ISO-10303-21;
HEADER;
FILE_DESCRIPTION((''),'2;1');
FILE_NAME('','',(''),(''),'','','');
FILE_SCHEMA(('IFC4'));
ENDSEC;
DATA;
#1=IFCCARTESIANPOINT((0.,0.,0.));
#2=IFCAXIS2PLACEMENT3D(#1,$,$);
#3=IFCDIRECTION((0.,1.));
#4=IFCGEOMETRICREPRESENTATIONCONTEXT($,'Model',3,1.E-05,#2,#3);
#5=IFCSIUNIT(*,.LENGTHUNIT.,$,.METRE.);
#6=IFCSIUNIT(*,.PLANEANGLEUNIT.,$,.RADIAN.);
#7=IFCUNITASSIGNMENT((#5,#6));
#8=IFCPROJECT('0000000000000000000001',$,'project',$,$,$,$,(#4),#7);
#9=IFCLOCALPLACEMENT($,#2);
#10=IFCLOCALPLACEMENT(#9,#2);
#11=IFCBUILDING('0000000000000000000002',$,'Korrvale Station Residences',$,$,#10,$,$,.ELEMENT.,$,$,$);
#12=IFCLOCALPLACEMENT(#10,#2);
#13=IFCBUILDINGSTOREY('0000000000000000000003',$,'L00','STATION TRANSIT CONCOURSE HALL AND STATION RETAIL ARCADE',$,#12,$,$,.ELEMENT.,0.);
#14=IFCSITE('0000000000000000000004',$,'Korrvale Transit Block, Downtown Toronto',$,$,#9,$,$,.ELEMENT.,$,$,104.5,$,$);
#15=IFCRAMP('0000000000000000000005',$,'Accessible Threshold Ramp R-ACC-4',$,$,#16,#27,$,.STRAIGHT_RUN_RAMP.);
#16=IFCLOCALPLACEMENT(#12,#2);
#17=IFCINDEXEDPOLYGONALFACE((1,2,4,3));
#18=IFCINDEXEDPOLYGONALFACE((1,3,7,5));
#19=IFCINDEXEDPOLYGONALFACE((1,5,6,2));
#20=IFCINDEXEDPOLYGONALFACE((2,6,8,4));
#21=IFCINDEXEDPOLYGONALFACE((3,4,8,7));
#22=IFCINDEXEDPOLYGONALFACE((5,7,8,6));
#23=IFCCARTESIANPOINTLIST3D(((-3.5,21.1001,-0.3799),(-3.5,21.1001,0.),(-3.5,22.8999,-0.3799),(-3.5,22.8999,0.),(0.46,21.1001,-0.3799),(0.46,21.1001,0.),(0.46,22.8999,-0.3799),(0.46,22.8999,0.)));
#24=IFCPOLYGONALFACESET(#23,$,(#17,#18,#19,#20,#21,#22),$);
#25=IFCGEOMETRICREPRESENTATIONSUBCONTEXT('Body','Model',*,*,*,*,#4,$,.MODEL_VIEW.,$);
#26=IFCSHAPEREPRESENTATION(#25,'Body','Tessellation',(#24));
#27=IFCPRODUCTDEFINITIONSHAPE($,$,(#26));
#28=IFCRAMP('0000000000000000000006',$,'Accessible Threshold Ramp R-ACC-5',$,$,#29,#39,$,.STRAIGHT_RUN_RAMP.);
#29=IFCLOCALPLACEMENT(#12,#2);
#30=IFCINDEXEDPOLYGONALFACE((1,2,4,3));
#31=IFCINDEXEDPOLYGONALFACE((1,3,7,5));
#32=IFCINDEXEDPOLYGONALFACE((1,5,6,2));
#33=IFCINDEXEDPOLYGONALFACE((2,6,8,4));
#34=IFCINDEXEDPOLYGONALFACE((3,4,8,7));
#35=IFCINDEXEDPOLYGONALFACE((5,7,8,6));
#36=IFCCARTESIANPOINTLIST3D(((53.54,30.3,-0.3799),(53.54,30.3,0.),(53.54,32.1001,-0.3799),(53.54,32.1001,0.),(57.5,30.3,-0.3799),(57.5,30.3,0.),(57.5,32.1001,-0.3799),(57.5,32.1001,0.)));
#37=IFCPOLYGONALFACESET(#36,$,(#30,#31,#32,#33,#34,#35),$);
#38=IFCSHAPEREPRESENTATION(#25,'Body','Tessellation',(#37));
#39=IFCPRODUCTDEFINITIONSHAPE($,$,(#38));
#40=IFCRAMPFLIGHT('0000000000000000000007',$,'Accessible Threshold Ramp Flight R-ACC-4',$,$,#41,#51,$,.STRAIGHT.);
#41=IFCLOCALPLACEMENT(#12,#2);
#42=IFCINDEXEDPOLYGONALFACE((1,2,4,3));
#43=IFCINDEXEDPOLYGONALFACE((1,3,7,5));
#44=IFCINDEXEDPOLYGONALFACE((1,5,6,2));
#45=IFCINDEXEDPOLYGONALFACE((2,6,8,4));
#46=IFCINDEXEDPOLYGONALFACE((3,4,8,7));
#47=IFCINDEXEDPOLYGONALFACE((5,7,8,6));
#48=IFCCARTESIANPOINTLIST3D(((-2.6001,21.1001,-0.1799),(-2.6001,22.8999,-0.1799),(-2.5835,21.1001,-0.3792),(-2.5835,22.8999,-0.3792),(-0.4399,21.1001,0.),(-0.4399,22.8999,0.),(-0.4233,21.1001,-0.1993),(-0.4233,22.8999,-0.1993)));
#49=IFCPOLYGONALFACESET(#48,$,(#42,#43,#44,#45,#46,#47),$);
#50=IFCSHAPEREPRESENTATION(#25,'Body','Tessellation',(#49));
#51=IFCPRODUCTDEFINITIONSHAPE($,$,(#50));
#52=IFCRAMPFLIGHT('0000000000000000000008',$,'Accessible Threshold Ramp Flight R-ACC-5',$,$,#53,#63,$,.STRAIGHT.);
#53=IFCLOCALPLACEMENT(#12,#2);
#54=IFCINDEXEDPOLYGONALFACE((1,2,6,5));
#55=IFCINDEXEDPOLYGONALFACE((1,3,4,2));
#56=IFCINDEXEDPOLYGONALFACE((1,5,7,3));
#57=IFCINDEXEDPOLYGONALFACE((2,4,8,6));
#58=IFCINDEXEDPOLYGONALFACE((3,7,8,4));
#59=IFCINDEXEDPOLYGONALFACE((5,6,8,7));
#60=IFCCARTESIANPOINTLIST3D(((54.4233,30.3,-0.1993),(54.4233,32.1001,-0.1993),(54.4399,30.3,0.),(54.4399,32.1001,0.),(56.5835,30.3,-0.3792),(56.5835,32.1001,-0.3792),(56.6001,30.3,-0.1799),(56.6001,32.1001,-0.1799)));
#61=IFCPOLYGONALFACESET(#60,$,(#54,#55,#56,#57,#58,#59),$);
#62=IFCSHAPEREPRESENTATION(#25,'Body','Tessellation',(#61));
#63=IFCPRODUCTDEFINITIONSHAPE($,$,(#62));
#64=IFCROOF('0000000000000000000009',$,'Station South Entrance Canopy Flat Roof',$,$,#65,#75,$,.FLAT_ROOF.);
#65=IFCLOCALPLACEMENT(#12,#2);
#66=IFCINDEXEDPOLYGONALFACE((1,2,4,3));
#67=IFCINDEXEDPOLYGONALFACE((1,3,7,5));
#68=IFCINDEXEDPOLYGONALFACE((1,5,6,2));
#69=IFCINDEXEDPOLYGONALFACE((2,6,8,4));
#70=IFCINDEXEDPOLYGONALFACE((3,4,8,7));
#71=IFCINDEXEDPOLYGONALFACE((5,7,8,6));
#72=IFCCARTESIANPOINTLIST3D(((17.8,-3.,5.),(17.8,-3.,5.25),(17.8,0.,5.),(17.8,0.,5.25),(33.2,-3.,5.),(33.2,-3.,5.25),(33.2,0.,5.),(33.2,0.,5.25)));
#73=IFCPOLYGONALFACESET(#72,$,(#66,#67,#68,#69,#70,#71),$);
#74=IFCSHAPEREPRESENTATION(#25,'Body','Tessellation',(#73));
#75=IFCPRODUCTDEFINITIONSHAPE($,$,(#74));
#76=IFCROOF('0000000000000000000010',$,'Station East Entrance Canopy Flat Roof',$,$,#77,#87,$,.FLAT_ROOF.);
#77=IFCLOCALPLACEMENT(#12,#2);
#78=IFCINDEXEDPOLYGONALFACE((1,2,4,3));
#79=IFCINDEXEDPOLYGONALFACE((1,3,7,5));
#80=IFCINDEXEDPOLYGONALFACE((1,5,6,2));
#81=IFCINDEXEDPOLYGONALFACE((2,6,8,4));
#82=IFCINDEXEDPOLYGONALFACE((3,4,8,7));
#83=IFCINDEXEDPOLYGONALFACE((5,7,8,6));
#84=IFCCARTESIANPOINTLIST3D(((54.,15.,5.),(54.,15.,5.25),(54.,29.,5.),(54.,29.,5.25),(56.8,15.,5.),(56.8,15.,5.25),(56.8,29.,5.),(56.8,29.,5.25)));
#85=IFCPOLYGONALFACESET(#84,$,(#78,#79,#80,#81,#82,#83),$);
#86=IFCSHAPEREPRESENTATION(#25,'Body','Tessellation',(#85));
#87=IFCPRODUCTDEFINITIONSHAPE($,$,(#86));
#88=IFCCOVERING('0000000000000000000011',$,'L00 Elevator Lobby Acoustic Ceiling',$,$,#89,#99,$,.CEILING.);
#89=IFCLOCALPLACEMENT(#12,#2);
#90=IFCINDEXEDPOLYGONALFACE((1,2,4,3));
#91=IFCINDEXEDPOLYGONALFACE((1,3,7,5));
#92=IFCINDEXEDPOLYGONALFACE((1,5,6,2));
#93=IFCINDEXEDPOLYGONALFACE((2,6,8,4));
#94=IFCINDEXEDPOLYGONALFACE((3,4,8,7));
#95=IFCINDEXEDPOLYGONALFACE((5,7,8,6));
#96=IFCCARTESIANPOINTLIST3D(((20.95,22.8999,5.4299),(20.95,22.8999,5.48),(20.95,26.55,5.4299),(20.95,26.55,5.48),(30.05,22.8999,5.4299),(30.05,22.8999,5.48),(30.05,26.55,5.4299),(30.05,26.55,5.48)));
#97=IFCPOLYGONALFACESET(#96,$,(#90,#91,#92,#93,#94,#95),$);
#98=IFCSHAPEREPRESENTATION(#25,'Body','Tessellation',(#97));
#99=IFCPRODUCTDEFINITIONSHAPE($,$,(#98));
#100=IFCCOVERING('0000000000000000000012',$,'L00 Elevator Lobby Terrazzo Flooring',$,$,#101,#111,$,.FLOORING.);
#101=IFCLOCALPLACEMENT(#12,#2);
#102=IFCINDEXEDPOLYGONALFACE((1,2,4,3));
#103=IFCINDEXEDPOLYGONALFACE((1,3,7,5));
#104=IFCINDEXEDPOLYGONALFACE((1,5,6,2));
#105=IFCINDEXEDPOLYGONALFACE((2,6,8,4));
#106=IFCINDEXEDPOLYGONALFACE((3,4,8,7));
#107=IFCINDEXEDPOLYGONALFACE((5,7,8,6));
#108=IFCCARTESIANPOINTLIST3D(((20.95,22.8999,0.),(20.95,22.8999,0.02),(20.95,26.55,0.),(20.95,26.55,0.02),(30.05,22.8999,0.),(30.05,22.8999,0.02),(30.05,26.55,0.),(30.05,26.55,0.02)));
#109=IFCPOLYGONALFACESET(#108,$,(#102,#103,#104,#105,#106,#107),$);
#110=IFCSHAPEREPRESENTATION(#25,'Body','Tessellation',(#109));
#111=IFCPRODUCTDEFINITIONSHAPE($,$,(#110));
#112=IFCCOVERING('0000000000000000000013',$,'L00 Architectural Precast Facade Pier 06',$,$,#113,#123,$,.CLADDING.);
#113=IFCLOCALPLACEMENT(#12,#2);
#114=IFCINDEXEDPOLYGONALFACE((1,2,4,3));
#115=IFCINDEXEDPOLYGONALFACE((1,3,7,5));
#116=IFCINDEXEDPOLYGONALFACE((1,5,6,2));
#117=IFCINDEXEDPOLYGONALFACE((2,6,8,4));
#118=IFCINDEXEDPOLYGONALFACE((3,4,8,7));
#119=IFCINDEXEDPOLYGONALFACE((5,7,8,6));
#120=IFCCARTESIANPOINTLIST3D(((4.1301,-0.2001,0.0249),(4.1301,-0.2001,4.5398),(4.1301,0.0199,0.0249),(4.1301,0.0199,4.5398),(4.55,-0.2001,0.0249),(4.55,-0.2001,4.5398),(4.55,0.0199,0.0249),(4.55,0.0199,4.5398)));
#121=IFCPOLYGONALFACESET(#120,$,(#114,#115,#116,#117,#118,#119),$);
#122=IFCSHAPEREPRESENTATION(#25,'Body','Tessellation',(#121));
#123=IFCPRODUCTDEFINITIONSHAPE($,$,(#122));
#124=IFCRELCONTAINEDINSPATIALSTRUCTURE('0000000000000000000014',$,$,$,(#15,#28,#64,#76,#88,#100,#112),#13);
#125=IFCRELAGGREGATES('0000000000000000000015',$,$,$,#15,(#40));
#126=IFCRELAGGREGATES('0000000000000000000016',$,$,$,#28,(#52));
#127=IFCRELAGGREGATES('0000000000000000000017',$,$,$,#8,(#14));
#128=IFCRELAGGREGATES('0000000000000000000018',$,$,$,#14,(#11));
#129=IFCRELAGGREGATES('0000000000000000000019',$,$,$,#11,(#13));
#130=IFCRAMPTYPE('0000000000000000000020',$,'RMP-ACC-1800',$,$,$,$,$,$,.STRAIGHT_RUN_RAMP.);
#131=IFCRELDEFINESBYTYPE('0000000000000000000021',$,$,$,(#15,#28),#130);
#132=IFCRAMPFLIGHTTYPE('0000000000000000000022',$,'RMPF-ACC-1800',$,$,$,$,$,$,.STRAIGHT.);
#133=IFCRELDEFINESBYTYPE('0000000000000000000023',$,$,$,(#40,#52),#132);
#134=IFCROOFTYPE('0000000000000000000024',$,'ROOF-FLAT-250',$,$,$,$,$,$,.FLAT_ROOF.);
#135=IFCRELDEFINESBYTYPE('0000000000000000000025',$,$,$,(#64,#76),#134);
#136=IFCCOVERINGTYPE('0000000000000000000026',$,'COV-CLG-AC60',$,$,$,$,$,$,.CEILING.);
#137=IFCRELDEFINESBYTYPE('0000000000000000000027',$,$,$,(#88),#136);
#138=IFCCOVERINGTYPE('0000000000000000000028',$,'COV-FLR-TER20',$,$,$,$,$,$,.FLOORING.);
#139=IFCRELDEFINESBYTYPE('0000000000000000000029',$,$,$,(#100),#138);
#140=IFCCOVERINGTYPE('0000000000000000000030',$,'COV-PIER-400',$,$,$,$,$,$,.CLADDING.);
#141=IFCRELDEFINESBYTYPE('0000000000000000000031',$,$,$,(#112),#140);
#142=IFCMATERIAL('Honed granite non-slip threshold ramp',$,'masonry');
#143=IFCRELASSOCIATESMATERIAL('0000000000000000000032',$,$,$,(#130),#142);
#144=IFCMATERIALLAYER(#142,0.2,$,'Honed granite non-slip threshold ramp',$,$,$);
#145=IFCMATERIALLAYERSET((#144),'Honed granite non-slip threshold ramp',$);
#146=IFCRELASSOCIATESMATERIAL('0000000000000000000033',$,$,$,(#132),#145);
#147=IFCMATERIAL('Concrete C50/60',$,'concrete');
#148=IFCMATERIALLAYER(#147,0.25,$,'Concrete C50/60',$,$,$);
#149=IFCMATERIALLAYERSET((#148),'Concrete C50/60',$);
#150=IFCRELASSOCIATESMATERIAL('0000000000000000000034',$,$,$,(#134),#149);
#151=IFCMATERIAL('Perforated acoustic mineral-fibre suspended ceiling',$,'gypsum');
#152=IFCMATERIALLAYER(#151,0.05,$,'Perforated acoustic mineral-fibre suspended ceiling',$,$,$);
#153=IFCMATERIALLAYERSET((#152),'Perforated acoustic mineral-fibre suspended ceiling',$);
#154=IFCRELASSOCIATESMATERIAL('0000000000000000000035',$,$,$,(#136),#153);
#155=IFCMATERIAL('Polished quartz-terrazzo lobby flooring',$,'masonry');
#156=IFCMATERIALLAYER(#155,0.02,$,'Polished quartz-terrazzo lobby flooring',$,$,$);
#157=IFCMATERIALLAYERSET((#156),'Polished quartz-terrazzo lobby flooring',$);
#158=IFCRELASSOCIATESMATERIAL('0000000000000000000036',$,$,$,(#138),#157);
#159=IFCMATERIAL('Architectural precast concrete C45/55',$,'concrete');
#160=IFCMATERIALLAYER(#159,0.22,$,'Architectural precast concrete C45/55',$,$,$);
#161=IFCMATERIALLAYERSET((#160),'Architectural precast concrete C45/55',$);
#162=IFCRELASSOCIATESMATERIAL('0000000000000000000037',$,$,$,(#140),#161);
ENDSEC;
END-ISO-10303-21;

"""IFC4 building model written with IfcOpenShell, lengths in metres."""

from ifc_helpers import new_model, si_unit, direction, frame, origin, origin_2d, place, context, subcontext, project, spatial, polyline, rectangle, outline, extrude, material, layer, layer_set, type_object, element, aggregate, save


model = new_model("IFC4")

# Units and contexts
model_context = context("Model", 3, precision=1e-05, world=origin(), true_north=direction((0.0, 1.0)))
body_context = subcontext(model_context, "Body", "Model", "MODEL_VIEW")
ifc_project = project(units=[si_unit("LENGTHUNIT", "METRE"), si_unit("PLANEANGLEUNIT", "RADIAN")], contexts=[model_context])

# Site, building, storey
site_placement = place(None, origin())
site = spatial("IfcSite", under=ifc_project, at=site_placement, Name="Korrvale Transit Block, Downtown Toronto", CompositionType="ELEMENT", RefElevation=104.5)
building_placement = place(site_placement, origin())
building = spatial("IfcBuilding", under=site, at=building_placement, Name="Korrvale Station Residences", CompositionType="ELEMENT")
storey_placement = place(building_placement, origin())
storey = spatial("IfcBuildingStorey", under=building, at=storey_placement, Name="L00", Description="STATION TRANSIT CONCOURSE HALL AND STATION RETAIL ARCADE", CompositionType="ELEMENT", Elevation=0.0)

# Shared definitions
ifc_material_1 = material(Name="Concrete C50/60", Category="concrete")

# Ramps
ifc_material_2 = material(Name="Honed granite non-slip threshold ramp", Category="masonry")
ramp_type = type_object("IfcRampType", Name="RMP-ACC-1800", PredefinedType="STRAIGHT_RUN_RAMP", material=ifc_material_2)
ramp_1_placement = place(storey_placement, frame((0.0, 0.0, -0.3799)))
ramp_1 = element("IfcRamp", 1, at=ramp_1_placement, inside=storey, type_object=ramp_type, Name="Accessible Threshold Ramp R-ACC-4", PredefinedType="STRAIGHT_RUN_RAMP", context=body_context, shape_type="SweptSolid", body=[
    extrude(outline(polyline([(-3.5, 21.1001), (0.46, 21.1001), (0.46, 22.8999), (-3.5, 22.8999), (-3.5, 21.1001)])), origin(), (0.0, 0.0, 1.0), 0.3799),
])
ramp_2_placement = place(storey_placement, frame((0.0, 0.0, -0.3799)))
ramp_2 = element("IfcRamp", 2, at=ramp_2_placement, inside=storey, type_object=ramp_type, Name="Accessible Threshold Ramp R-ACC-5", PredefinedType="STRAIGHT_RUN_RAMP", context=body_context, shape_type="SweptSolid", body=[
    extrude(outline(polyline([(53.54, 30.3), (57.5, 30.3), (57.5, 32.1001), (53.54, 32.1001), (53.54, 30.3)])), origin(), (0.0, 0.0, 1.0), 0.3799),
])

# Ramp flights
ifc_layer_1 = layer(ifc_material_2, 0.2, Name="Honed granite non-slip threshold ramp")
ifc_layer_set_1 = layer_set([ifc_layer_1], Name="Honed granite non-slip threshold ramp")
ramp_flight_type = type_object("IfcRampFlightType", Name="RMPF-ACC-1800", PredefinedType="STRAIGHT", material=ifc_layer_set_1)
ramp_flight_1_placement = place(storey_placement, frame((-2.6001, 21.1001, -0.1799), z_axis=(-0.083008, 0.0, 0.996549), x_axis=(0.996549, 0.0, 0.083008)))
ramp_flight_1 = element("IfcRampFlight", 3, at=ramp_flight_1_placement, type_object=ramp_flight_type, Name="Accessible Threshold Ramp Flight R-ACC-4", PredefinedType="STRAIGHT", context=body_context, shape_type="SweptSolid", body=[
    extrude(outline(polyline([(0.0, 0.0), (2.1676, 0.0), (2.1676, 1.7998), (0.0, 1.7998), (0.0, 0.0)])), origin(), (0.0, 0.0, -1.0), 0.2),
])
aggregate(ramp_1, [ramp_flight_1])
ramp_flight_2_placement = place(storey_placement, frame((56.6001, 32.1001, -0.1799), z_axis=(0.083008, 0.0, 0.996549), x_axis=(-0.996549, 0.0, 0.083008)))
ramp_flight_2 = element("IfcRampFlight", 4, at=ramp_flight_2_placement, type_object=ramp_flight_type, Name="Accessible Threshold Ramp Flight R-ACC-5", PredefinedType="STRAIGHT", context=body_context, shape_type="SweptSolid", body=[
    extrude(outline(polyline([(0.0, 0.0), (2.1676, 0.0), (2.1676, 1.8), (0.0, 1.8), (0.0, 0.0)])), origin(), (0.0, 0.0, -1.0), 0.2),
])
aggregate(ramp_2, [ramp_flight_2])

# Roofs
ifc_layer_2 = layer(ifc_material_1, 0.25, Name="Concrete C50/60")
ifc_layer_set_2 = layer_set([ifc_layer_2], Name="Concrete C50/60")
roof_type = type_object("IfcRoofType", Name="ROOF-FLAT-250", PredefinedType="FLAT_ROOF", material=ifc_layer_set_2)
roof_1_placement = place(storey_placement, frame((0.0, 0.0, 5.0)))
element("IfcRoof", 5, at=roof_1_placement, inside=storey, type_object=roof_type, Name="Station South Entrance Canopy Flat Roof", PredefinedType="FLAT_ROOF", context=body_context, shape_type="SweptSolid", body=[
    extrude(outline(polyline([(17.8, -3.0), (33.2, -3.0), (33.2, 0.0), (17.8, 0.0), (17.8, -3.0)])), origin(), (0.0, 0.0, 1.0), 0.25),
])
roof_2_placement = place(storey_placement, frame((0.0, 0.0, 5.0)))
element("IfcRoof", 6, at=roof_2_placement, inside=storey, type_object=roof_type, Name="Station East Entrance Canopy Flat Roof", PredefinedType="FLAT_ROOF", context=body_context, shape_type="SweptSolid", body=[
    extrude(outline(polyline([(54.0, 15.0), (56.8, 15.0), (56.8, 29.0), (54.0, 29.0), (54.0, 15.0)])), origin(), (0.0, 0.0, 1.0), 0.25),
])

# Coverings
ifc_material_3 = material(Name="Perforated acoustic mineral-fibre suspended ceiling", Category="gypsum")
ifc_layer_3 = layer(ifc_material_3, 0.05, Name="Perforated acoustic mineral-fibre suspended ceiling")
ifc_layer_set_3 = layer_set([ifc_layer_3], Name="Perforated acoustic mineral-fibre suspended ceiling")
covering_type_1 = type_object("IfcCoveringType", Name="COV-CLG-AC60", PredefinedType="CEILING", material=ifc_layer_set_3)
covering_1_placement = place(storey_placement, frame((0.0, 0.0, 5.4299)))
element("IfcCovering", 7, at=covering_1_placement, inside=storey, type_object=covering_type_1, Name="L00 Elevator Lobby Acoustic Ceiling", PredefinedType="CEILING", context=body_context, shape_type="SweptSolid", body=[
    extrude(outline(polyline([(20.95, 22.8999), (30.05, 22.8999), (30.05, 26.55), (20.95, 26.55), (20.95, 22.8999)])), origin(), (0.0, 0.0, 1.0), 0.05),
])
ifc_material_4 = material(Name="Polished quartz-terrazzo lobby flooring", Category="masonry")
ifc_layer_4 = layer(ifc_material_4, 0.02, Name="Polished quartz-terrazzo lobby flooring")
ifc_layer_set_4 = layer_set([ifc_layer_4], Name="Polished quartz-terrazzo lobby flooring")
covering_type_2 = type_object("IfcCoveringType", Name="COV-FLR-TER20", PredefinedType="FLOORING", material=ifc_layer_set_4)
covering_2_placement = place(storey_placement, origin())
element("IfcCovering", 8, at=covering_2_placement, inside=storey, type_object=covering_type_2, Name="L00 Elevator Lobby Terrazzo Flooring", PredefinedType="FLOORING", context=body_context, shape_type="SweptSolid", body=[
    extrude(outline(polyline([(20.95, 22.8999), (30.05, 22.8999), (30.05, 26.55), (20.95, 26.55), (20.95, 22.8999)])), origin(), (0.0, 0.0, 1.0), 0.02),
])
ifc_material_5 = material(Name="Architectural precast concrete C45/55", Category="concrete")
ifc_layer_5 = layer(ifc_material_5, 0.22, Name="Architectural precast concrete C45/55")
ifc_layer_set_5 = layer_set([ifc_layer_5], Name="Architectural precast concrete C45/55")
covering_type_3 = type_object("IfcCoveringType", Name="COV-PIER-400", PredefinedType="CLADDING", material=ifc_layer_set_5)
covering_3_placement = place(storey_placement, frame((4.3401, -0.0901, 0.0249), z_axis=(0.0, 0.0, 1.0), x_axis=(1.0, 0.0, 0.0)))
element("IfcCovering", 9, at=covering_3_placement, inside=storey, type_object=covering_type_3, Name="L00 Architectural Precast Facade Pier 06", PredefinedType="CLADDING", context=body_context, shape_type="SweptSolid", body=[
    extrude(rectangle(XDim=0.4199, YDim=0.22, at=origin_2d()), origin(), (0.0, 0.0, 1.0), 4.5149),
])

save(model, "model.ifc")
